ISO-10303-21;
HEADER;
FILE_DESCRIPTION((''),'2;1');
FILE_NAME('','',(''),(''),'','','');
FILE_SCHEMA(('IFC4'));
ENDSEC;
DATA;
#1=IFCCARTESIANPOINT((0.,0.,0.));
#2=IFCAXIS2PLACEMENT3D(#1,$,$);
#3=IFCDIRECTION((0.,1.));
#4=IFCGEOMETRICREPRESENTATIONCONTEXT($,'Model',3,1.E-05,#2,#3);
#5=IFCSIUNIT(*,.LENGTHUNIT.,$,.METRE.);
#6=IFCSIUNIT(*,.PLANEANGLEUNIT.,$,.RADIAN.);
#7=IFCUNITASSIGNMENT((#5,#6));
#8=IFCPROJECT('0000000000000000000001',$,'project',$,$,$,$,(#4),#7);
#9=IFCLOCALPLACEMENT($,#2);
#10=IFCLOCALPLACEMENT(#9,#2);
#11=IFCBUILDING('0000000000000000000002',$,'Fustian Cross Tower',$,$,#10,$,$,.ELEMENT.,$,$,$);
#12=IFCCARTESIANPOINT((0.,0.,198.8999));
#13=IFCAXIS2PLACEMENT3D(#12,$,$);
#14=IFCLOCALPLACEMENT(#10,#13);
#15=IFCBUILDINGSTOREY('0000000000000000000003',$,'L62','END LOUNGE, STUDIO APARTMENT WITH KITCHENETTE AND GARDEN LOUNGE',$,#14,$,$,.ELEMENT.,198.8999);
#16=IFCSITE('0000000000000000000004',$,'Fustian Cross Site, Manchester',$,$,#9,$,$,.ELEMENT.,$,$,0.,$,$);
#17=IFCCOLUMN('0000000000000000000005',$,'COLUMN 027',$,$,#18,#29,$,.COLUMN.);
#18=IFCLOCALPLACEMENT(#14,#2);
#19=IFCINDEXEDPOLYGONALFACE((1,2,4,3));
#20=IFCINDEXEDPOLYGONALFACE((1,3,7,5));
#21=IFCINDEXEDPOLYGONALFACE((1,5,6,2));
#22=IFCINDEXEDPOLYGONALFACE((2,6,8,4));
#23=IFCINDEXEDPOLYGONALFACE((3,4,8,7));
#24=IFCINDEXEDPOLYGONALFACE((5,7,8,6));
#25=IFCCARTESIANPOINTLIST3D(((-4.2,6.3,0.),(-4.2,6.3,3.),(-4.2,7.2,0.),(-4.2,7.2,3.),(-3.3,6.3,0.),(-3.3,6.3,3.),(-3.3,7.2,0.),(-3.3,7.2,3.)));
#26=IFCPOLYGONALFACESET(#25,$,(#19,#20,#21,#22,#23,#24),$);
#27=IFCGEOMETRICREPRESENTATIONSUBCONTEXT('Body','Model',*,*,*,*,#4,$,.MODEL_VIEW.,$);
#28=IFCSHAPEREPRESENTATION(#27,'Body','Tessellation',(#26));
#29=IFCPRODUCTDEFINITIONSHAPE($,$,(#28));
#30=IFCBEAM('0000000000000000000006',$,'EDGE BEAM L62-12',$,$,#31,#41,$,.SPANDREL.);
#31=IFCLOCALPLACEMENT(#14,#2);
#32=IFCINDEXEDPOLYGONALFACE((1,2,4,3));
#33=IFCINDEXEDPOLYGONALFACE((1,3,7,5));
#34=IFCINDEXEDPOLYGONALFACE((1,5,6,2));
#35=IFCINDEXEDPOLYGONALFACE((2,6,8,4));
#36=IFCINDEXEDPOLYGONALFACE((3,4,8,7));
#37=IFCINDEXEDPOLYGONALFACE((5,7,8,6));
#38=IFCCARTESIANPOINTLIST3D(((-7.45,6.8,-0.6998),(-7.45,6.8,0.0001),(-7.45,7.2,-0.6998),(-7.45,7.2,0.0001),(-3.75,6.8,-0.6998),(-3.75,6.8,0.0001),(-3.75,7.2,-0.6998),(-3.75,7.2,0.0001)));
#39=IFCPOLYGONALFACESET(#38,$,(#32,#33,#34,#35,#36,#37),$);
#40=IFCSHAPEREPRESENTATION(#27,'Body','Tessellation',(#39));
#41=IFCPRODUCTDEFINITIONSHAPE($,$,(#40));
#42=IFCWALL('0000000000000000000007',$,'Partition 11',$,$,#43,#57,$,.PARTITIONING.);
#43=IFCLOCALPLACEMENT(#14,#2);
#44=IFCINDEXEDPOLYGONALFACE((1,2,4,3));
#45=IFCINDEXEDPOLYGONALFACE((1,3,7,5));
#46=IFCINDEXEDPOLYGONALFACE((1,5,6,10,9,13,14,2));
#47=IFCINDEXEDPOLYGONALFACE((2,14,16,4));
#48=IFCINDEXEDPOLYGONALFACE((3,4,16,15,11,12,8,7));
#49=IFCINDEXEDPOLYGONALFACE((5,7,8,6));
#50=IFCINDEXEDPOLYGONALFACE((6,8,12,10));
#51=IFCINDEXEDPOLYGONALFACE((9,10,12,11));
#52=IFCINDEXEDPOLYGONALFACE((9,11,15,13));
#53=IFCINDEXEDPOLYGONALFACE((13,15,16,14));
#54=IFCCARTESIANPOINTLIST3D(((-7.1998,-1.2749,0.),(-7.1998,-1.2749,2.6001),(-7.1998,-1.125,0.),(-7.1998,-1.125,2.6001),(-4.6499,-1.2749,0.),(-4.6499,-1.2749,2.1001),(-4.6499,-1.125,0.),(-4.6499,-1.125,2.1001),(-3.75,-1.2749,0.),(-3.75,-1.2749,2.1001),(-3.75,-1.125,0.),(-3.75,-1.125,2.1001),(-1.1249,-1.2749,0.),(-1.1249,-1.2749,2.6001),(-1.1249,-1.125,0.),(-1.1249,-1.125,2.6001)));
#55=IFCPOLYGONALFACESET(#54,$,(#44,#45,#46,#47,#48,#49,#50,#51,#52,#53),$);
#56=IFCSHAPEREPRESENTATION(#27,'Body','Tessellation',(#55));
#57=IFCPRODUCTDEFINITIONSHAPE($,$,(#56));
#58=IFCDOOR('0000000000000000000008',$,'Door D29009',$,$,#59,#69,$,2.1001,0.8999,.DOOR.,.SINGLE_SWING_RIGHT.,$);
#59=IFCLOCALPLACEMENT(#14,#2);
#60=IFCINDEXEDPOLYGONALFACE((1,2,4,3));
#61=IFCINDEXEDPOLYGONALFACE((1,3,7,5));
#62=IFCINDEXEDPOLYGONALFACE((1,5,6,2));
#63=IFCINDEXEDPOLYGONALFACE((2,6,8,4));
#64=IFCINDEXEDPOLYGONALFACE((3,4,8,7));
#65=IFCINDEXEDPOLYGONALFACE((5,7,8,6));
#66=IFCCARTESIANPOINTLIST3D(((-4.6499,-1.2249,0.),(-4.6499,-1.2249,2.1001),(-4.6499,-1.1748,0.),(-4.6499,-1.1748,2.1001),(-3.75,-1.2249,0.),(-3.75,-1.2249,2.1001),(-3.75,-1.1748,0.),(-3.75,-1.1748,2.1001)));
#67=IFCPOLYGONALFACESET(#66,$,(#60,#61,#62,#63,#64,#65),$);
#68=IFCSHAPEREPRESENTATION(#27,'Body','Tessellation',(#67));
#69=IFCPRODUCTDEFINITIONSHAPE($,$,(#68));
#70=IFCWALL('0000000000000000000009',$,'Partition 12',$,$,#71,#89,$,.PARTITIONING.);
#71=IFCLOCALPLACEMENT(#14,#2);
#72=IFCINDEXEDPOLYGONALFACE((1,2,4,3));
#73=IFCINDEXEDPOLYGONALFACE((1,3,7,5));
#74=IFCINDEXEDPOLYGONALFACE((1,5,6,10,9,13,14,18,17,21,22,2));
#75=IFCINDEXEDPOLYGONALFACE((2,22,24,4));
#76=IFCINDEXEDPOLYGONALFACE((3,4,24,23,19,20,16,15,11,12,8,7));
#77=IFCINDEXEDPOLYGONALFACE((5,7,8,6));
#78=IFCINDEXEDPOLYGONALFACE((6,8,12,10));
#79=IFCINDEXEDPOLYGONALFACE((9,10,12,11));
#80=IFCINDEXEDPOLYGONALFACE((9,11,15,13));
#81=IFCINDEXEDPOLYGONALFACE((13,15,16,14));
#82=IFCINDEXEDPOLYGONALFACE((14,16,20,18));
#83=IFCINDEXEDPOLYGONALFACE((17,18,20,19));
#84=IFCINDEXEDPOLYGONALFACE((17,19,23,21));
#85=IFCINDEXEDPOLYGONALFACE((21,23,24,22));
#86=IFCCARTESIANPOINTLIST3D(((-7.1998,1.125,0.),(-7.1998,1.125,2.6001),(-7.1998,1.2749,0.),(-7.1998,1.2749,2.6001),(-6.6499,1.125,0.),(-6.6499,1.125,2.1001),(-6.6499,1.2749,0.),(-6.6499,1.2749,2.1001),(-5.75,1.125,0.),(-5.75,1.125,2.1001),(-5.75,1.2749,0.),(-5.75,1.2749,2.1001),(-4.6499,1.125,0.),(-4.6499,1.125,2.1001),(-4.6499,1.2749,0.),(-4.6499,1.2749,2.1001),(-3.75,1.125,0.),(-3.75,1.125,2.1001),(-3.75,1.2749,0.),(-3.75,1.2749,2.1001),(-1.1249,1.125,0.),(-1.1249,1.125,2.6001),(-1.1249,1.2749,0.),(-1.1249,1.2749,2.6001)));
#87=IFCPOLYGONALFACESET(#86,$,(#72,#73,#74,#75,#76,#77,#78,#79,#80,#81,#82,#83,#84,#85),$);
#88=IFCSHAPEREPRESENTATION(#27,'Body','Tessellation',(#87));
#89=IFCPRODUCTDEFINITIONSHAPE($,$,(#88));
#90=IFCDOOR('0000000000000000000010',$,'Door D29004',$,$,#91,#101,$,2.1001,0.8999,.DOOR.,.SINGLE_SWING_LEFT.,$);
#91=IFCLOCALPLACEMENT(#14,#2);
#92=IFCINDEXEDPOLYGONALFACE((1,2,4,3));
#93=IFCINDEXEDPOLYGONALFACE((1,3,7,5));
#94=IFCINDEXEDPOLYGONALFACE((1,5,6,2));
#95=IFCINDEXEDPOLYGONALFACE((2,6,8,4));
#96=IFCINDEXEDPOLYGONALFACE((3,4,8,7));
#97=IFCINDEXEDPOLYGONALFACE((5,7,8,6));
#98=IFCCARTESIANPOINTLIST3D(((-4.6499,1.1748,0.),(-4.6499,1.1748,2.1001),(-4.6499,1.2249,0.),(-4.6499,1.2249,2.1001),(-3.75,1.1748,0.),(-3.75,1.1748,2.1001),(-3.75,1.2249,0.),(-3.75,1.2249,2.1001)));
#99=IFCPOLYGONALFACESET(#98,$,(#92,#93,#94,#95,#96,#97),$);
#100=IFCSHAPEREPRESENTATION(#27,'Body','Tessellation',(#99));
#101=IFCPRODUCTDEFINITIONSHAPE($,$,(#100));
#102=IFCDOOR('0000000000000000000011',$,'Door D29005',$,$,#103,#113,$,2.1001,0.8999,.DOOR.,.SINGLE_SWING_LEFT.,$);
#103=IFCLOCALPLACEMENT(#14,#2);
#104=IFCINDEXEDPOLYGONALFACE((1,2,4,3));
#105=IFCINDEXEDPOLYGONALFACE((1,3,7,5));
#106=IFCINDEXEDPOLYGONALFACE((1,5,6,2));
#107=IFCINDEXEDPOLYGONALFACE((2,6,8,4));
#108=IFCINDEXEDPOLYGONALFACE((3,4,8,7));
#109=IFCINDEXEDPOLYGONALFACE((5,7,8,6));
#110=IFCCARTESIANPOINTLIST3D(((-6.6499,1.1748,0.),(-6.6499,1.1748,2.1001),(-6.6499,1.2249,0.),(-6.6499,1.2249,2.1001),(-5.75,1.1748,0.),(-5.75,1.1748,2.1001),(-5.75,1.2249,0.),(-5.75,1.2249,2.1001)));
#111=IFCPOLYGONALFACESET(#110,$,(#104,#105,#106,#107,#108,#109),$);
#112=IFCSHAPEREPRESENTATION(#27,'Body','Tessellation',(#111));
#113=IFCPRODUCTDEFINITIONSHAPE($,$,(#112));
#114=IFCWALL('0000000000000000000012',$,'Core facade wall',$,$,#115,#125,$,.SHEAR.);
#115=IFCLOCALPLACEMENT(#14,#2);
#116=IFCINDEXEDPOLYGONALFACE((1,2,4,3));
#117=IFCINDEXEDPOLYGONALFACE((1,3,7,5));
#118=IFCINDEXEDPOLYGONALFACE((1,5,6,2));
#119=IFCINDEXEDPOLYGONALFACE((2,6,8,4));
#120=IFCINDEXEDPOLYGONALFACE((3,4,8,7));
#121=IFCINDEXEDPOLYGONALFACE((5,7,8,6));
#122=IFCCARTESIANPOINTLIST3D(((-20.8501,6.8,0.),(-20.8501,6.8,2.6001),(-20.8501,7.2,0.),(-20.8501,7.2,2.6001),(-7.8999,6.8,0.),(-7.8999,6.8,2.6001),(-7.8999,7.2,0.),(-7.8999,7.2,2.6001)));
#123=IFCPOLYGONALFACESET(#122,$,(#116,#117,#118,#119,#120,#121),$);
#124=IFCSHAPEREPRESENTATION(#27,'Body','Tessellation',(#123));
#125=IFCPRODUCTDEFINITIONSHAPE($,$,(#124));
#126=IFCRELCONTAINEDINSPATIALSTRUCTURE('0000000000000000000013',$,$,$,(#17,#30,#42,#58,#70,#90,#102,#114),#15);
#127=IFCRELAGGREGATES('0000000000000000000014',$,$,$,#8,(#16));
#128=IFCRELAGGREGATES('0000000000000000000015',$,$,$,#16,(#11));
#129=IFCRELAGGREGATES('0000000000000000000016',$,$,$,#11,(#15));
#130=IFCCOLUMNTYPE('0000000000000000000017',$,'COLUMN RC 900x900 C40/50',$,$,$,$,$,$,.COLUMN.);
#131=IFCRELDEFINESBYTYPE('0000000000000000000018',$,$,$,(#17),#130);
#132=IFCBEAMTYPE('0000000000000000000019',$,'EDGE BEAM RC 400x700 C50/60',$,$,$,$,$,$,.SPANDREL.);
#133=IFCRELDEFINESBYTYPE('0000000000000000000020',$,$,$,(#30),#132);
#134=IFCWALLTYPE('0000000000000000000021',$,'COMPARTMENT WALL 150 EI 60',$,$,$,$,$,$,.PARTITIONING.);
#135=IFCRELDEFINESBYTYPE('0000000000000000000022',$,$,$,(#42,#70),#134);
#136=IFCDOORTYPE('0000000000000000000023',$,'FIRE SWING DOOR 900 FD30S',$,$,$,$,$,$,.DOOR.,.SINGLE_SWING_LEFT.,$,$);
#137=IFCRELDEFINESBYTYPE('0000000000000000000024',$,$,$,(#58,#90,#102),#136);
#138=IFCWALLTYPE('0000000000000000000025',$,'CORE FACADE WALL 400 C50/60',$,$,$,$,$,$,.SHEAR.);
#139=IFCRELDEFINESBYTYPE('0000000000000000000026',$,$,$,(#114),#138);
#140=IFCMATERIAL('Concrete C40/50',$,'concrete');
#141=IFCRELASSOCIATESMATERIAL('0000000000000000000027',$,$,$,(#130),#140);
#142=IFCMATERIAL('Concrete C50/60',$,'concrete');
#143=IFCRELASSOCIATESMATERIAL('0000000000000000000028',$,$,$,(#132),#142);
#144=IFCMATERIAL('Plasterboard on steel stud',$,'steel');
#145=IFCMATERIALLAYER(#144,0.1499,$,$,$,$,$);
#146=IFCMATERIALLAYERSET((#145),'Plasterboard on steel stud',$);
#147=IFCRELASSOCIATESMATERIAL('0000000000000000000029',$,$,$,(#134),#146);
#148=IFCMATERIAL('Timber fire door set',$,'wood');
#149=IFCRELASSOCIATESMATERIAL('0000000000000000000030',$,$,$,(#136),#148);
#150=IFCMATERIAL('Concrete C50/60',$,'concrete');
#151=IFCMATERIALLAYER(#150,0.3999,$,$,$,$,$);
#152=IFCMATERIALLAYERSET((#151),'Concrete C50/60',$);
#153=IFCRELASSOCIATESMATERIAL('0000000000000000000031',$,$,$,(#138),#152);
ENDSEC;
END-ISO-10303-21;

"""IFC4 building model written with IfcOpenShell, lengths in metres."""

from ifc_helpers import new_model, si_unit, direction, frame, frame_2d, origin, origin_2d, place, context, subcontext, project, spatial, rectangle, extrude, material, layer, layer_set, material_profile, profile_set, type_object, element, fill, save


model = new_model("IFC4")

# Units and contexts
model_context = context("Model", 3, precision=1e-05, world=origin(), true_north=direction((0.0, 1.0)))
body_context = subcontext(model_context, "Body", "Model", "MODEL_VIEW")
ifc_project = project(units=[si_unit("LENGTHUNIT", "METRE"), si_unit("PLANEANGLEUNIT", "RADIAN")], contexts=[model_context])

# Site, building, storey
site_placement = place(None, origin())
site = spatial("IfcSite", under=ifc_project, at=site_placement, Name="Fustian Cross Site, Manchester", CompositionType="ELEMENT", RefElevation=0.0)
building_placement = place(site_placement, origin())
building = spatial("IfcBuilding", under=site, at=building_placement, Name="Fustian Cross Tower", CompositionType="ELEMENT")
storey_placement = place(building_placement, frame((0.0, 0.0, 198.8999)))
storey = spatial("IfcBuildingStorey", under=building, at=storey_placement, Name="L62", Description="END LOUNGE, STUDIO APARTMENT WITH KITCHENETTE AND GARDEN LOUNGE", CompositionType="ELEMENT", Elevation=198.8999)

# Column
ifc_material_1 = material(Name="Concrete C40/50", Category="concrete")
ifc_material_profile_1 = material_profile(ifc_material_1, rectangle(XDim=0.8999, YDim=0.8999, at=origin_2d()), Name="RC 900x900")
ifc_profile_set_1 = profile_set([ifc_material_profile_1], Name="Concrete C40/50")
column_type = type_object("IfcColumnType", Name="COLUMN RC 900x900 C40/50", PredefinedType="COLUMN", material=ifc_profile_set_1)
column_placement = place(storey_placement, frame((-3.75, 6.75, 0.0), z_axis=(0.0, 0.0, 1.0), x_axis=(1.0, 0.0, 0.0)))
element("IfcColumn", 1, at=column_placement, inside=storey, type_object=column_type, Name="COLUMN 027", PredefinedType="COLUMN", context=body_context, shape_type="SweptSolid", body=[
    extrude(rectangle(XDim=0.8999, YDim=0.8999, at=origin_2d()), origin(), (0.0, 0.0, 1.0), 3.0),
])

# Beam
ifc_material_2 = material(Name="Concrete C50/60", Category="concrete")
ifc_material_profile_2 = material_profile(ifc_material_2, rectangle(XDim=0.3999, YDim=0.7, at=origin_2d()), Name="RC 400x700")
ifc_profile_set_2 = profile_set([ifc_material_profile_2], Name="Concrete C50/60")
beam_type = type_object("IfcBeamType", Name="EDGE BEAM RC 400x700 C50/60", PredefinedType="SPANDREL", material=ifc_profile_set_2)
beam_placement = place(storey_placement, frame((-3.75, 7.0, -0.3499), z_axis=(-1.0, 0.0, 0.0), x_axis=(0.0, -1.0, 0.0)))
element("IfcBeam", 2, at=beam_placement, inside=storey, type_object=beam_type, Name="EDGE BEAM L62-12", PredefinedType="SPANDREL", context=body_context, shape_type="SweptSolid", body=[
    extrude(rectangle(XDim=0.3999, YDim=0.7, at=origin_2d()), origin(), (0.0, 0.0, 1.0), 3.7),
])

# Wall, opening, door
ifc_material_3 = material(Name="Plasterboard on steel stud", Category="steel")
ifc_layer_1 = layer(ifc_material_3, 0.1499)
ifc_layer_set_1 = layer_set([ifc_layer_1], Name="Plasterboard on steel stud")
wall_type_1 = type_object("IfcWallType", Name="COMPARTMENT WALL 150 EI 60", PredefinedType="PARTITIONING", material=ifc_layer_set_1)
wall_1_placement = place(storey_placement, frame((-7.2, -1.2, 0.0), z_axis=(0.0, 0.0, 1.0), x_axis=(1.0, 0.0, 0.0)))
wall_1 = element("IfcWall", 3, at=wall_1_placement, inside=storey, type_object=wall_type_1, Name="Partition 11", PredefinedType="PARTITIONING", context=body_context, shape_type="SweptSolid", body=[
    extrude(rectangle(XDim=6.075, YDim=0.1499, at=frame_2d((3.0376, 0.0))), origin(), (0.0, 0.0, 1.0), 2.6001),
])
opening_1_placement = place(wall_1_placement, frame((2.55, 0.0, 0.0)))
opening_1 = element("IfcOpeningElement", 4, at=opening_1_placement, cuts=wall_1, PredefinedType="OPENING", context=body_context, shape_type="SweptSolid", body=[
    extrude(rectangle(XDim=0.8999, YDim=2.1001, at=frame_2d((0.45, 1.05))), frame((0.0, 0.085, 0.0), z_axis=(0.0, -1.0, 0.0), x_axis=(1.0, 0.0, 0.0)), (0.0, 0.0, 1.0), 0.1699),
])
ifc_material_4 = material(Name="Timber fire door set", Category="wood")
door_type_1 = type_object("IfcDoorType", Name="FIRE SWING DOOR 900 FD30S", OperationType="SINGLE_SWING_LEFT", PredefinedType="DOOR", material=ifc_material_4)
door_1_placement = place(opening_1_placement, frame((0.8999, 0.0, 0.0), z_axis=(0.0, 0.0, 1.0), x_axis=(-1.0, 0.0, 0.0)))
door_1 = element("IfcDoor", 5, at=door_1_placement, inside=storey, type_object=door_type_1, Name="Door D29009", OperationType="SINGLE_SWING_RIGHT", OverallHeight=2.1001, OverallWidth=0.8999, PredefinedType="DOOR", context=body_context, shape_type="SweptSolid", body=[
    extrude(rectangle(XDim=0.8999, YDim=2.1001, at=frame_2d((0.45, 1.05))), frame((0.0, 0.0249, 0.0), z_axis=(0.0, -1.0, 0.0), x_axis=(1.0, 0.0, 0.0)), (0.0, 0.0, 1.0), 0.05),
])
fill(opening_1, door_1)

# Wall, openings, doors
wall_2_placement = place(storey_placement, frame((-7.2, 1.2, 0.0), z_axis=(0.0, 0.0, 1.0), x_axis=(1.0, 0.0, 0.0)))
wall_2 = element("IfcWall", 6, at=wall_2_placement, inside=storey, type_object=wall_type_1, Name="Partition 12", PredefinedType="PARTITIONING", context=body_context, shape_type="SweptSolid", body=[
    extrude(rectangle(XDim=6.075, YDim=0.1499, at=frame_2d((3.0376, 0.0))), origin(), (0.0, 0.0, 1.0), 2.6001),
])
opening_2_placement = place(wall_2_placement, frame((2.55, 0.0, 0.0)))
opening_2 = element("IfcOpeningElement", 7, at=opening_2_placement, cuts=wall_2, PredefinedType="OPENING", context=body_context, shape_type="SweptSolid", body=[
    extrude(rectangle(XDim=0.8999, YDim=2.1001, at=frame_2d((0.45, 1.05))), frame((0.0, 0.085, 0.0), z_axis=(0.0, -1.0, 0.0), x_axis=(1.0, 0.0, 0.0)), (0.0, 0.0, 1.0), 0.1699),
])
opening_3_placement = place(wall_2_placement, frame((0.55, 0.0, 0.0)))
opening_3 = element("IfcOpeningElement", 8, at=opening_3_placement, cuts=wall_2, PredefinedType="OPENING", context=body_context, shape_type="SweptSolid", body=[
    extrude(rectangle(XDim=0.8999, YDim=2.1001, at=frame_2d((0.45, 1.05))), frame((0.0, 0.085, 0.0), z_axis=(0.0, -1.0, 0.0), x_axis=(1.0, 0.0, 0.0)), (0.0, 0.0, 1.0), 0.1699),
])
door_2_placement = place(opening_2_placement, origin())
door_2 = element("IfcDoor", 9, at=door_2_placement, inside=storey, type_object=door_type_1, Name="Door D29004", OperationType="SINGLE_SWING_LEFT", OverallHeight=2.1001, OverallWidth=0.8999, PredefinedType="DOOR", context=body_context, shape_type="SweptSolid", body=[
    extrude(rectangle(XDim=0.8999, YDim=2.1001, at=frame_2d((0.45, 1.05))), frame((0.0, 0.0249, 0.0), z_axis=(0.0, -1.0, 0.0), x_axis=(1.0, 0.0, 0.0)), (0.0, 0.0, 1.0), 0.05),
])
fill(opening_2, door_2)
door_3_placement = place(opening_3_placement, origin())
door_3 = element("IfcDoor", 10, at=door_3_placement, inside=storey, type_object=door_type_1, Name="Door D29005", OperationType="SINGLE_SWING_LEFT", OverallHeight=2.1001, OverallWidth=0.8999, PredefinedType="DOOR", context=body_context, shape_type="SweptSolid", body=[
    extrude(rectangle(XDim=0.8999, YDim=2.1001, at=frame_2d((0.45, 1.05))), frame((0.0, 0.0249, 0.0), z_axis=(0.0, -1.0, 0.0), x_axis=(1.0, 0.0, 0.0)), (0.0, 0.0, 1.0), 0.05),
])
fill(opening_3, door_3)

# Wall
ifc_material_5 = material(Name="Concrete C50/60", Category="concrete")
ifc_layer_2 = layer(ifc_material_5, 0.3999)
ifc_layer_set_2 = layer_set([ifc_layer_2], Name="Concrete C50/60")
wall_type_2 = type_object("IfcWallType", Name="CORE FACADE WALL 400 C50/60", PredefinedType="SHEAR", material=ifc_layer_set_2)
wall_3_placement = place(storey_placement, frame((-7.8999, 7.0, 0.0), z_axis=(0.0, 0.0, 1.0), x_axis=(-1.0, 0.0, 0.0)))
element("IfcWall", 11, at=wall_3_placement, inside=storey, type_object=wall_type_2, Name="Core facade wall", PredefinedType="SHEAR", context=body_context, shape_type="SweptSolid", body=[
    extrude(rectangle(XDim=12.9502, YDim=0.3999, at=frame_2d((6.4751, 0.0))), origin(), (0.0, 0.0, 1.0), 2.6001),
])

save(model, "model.ifc")
